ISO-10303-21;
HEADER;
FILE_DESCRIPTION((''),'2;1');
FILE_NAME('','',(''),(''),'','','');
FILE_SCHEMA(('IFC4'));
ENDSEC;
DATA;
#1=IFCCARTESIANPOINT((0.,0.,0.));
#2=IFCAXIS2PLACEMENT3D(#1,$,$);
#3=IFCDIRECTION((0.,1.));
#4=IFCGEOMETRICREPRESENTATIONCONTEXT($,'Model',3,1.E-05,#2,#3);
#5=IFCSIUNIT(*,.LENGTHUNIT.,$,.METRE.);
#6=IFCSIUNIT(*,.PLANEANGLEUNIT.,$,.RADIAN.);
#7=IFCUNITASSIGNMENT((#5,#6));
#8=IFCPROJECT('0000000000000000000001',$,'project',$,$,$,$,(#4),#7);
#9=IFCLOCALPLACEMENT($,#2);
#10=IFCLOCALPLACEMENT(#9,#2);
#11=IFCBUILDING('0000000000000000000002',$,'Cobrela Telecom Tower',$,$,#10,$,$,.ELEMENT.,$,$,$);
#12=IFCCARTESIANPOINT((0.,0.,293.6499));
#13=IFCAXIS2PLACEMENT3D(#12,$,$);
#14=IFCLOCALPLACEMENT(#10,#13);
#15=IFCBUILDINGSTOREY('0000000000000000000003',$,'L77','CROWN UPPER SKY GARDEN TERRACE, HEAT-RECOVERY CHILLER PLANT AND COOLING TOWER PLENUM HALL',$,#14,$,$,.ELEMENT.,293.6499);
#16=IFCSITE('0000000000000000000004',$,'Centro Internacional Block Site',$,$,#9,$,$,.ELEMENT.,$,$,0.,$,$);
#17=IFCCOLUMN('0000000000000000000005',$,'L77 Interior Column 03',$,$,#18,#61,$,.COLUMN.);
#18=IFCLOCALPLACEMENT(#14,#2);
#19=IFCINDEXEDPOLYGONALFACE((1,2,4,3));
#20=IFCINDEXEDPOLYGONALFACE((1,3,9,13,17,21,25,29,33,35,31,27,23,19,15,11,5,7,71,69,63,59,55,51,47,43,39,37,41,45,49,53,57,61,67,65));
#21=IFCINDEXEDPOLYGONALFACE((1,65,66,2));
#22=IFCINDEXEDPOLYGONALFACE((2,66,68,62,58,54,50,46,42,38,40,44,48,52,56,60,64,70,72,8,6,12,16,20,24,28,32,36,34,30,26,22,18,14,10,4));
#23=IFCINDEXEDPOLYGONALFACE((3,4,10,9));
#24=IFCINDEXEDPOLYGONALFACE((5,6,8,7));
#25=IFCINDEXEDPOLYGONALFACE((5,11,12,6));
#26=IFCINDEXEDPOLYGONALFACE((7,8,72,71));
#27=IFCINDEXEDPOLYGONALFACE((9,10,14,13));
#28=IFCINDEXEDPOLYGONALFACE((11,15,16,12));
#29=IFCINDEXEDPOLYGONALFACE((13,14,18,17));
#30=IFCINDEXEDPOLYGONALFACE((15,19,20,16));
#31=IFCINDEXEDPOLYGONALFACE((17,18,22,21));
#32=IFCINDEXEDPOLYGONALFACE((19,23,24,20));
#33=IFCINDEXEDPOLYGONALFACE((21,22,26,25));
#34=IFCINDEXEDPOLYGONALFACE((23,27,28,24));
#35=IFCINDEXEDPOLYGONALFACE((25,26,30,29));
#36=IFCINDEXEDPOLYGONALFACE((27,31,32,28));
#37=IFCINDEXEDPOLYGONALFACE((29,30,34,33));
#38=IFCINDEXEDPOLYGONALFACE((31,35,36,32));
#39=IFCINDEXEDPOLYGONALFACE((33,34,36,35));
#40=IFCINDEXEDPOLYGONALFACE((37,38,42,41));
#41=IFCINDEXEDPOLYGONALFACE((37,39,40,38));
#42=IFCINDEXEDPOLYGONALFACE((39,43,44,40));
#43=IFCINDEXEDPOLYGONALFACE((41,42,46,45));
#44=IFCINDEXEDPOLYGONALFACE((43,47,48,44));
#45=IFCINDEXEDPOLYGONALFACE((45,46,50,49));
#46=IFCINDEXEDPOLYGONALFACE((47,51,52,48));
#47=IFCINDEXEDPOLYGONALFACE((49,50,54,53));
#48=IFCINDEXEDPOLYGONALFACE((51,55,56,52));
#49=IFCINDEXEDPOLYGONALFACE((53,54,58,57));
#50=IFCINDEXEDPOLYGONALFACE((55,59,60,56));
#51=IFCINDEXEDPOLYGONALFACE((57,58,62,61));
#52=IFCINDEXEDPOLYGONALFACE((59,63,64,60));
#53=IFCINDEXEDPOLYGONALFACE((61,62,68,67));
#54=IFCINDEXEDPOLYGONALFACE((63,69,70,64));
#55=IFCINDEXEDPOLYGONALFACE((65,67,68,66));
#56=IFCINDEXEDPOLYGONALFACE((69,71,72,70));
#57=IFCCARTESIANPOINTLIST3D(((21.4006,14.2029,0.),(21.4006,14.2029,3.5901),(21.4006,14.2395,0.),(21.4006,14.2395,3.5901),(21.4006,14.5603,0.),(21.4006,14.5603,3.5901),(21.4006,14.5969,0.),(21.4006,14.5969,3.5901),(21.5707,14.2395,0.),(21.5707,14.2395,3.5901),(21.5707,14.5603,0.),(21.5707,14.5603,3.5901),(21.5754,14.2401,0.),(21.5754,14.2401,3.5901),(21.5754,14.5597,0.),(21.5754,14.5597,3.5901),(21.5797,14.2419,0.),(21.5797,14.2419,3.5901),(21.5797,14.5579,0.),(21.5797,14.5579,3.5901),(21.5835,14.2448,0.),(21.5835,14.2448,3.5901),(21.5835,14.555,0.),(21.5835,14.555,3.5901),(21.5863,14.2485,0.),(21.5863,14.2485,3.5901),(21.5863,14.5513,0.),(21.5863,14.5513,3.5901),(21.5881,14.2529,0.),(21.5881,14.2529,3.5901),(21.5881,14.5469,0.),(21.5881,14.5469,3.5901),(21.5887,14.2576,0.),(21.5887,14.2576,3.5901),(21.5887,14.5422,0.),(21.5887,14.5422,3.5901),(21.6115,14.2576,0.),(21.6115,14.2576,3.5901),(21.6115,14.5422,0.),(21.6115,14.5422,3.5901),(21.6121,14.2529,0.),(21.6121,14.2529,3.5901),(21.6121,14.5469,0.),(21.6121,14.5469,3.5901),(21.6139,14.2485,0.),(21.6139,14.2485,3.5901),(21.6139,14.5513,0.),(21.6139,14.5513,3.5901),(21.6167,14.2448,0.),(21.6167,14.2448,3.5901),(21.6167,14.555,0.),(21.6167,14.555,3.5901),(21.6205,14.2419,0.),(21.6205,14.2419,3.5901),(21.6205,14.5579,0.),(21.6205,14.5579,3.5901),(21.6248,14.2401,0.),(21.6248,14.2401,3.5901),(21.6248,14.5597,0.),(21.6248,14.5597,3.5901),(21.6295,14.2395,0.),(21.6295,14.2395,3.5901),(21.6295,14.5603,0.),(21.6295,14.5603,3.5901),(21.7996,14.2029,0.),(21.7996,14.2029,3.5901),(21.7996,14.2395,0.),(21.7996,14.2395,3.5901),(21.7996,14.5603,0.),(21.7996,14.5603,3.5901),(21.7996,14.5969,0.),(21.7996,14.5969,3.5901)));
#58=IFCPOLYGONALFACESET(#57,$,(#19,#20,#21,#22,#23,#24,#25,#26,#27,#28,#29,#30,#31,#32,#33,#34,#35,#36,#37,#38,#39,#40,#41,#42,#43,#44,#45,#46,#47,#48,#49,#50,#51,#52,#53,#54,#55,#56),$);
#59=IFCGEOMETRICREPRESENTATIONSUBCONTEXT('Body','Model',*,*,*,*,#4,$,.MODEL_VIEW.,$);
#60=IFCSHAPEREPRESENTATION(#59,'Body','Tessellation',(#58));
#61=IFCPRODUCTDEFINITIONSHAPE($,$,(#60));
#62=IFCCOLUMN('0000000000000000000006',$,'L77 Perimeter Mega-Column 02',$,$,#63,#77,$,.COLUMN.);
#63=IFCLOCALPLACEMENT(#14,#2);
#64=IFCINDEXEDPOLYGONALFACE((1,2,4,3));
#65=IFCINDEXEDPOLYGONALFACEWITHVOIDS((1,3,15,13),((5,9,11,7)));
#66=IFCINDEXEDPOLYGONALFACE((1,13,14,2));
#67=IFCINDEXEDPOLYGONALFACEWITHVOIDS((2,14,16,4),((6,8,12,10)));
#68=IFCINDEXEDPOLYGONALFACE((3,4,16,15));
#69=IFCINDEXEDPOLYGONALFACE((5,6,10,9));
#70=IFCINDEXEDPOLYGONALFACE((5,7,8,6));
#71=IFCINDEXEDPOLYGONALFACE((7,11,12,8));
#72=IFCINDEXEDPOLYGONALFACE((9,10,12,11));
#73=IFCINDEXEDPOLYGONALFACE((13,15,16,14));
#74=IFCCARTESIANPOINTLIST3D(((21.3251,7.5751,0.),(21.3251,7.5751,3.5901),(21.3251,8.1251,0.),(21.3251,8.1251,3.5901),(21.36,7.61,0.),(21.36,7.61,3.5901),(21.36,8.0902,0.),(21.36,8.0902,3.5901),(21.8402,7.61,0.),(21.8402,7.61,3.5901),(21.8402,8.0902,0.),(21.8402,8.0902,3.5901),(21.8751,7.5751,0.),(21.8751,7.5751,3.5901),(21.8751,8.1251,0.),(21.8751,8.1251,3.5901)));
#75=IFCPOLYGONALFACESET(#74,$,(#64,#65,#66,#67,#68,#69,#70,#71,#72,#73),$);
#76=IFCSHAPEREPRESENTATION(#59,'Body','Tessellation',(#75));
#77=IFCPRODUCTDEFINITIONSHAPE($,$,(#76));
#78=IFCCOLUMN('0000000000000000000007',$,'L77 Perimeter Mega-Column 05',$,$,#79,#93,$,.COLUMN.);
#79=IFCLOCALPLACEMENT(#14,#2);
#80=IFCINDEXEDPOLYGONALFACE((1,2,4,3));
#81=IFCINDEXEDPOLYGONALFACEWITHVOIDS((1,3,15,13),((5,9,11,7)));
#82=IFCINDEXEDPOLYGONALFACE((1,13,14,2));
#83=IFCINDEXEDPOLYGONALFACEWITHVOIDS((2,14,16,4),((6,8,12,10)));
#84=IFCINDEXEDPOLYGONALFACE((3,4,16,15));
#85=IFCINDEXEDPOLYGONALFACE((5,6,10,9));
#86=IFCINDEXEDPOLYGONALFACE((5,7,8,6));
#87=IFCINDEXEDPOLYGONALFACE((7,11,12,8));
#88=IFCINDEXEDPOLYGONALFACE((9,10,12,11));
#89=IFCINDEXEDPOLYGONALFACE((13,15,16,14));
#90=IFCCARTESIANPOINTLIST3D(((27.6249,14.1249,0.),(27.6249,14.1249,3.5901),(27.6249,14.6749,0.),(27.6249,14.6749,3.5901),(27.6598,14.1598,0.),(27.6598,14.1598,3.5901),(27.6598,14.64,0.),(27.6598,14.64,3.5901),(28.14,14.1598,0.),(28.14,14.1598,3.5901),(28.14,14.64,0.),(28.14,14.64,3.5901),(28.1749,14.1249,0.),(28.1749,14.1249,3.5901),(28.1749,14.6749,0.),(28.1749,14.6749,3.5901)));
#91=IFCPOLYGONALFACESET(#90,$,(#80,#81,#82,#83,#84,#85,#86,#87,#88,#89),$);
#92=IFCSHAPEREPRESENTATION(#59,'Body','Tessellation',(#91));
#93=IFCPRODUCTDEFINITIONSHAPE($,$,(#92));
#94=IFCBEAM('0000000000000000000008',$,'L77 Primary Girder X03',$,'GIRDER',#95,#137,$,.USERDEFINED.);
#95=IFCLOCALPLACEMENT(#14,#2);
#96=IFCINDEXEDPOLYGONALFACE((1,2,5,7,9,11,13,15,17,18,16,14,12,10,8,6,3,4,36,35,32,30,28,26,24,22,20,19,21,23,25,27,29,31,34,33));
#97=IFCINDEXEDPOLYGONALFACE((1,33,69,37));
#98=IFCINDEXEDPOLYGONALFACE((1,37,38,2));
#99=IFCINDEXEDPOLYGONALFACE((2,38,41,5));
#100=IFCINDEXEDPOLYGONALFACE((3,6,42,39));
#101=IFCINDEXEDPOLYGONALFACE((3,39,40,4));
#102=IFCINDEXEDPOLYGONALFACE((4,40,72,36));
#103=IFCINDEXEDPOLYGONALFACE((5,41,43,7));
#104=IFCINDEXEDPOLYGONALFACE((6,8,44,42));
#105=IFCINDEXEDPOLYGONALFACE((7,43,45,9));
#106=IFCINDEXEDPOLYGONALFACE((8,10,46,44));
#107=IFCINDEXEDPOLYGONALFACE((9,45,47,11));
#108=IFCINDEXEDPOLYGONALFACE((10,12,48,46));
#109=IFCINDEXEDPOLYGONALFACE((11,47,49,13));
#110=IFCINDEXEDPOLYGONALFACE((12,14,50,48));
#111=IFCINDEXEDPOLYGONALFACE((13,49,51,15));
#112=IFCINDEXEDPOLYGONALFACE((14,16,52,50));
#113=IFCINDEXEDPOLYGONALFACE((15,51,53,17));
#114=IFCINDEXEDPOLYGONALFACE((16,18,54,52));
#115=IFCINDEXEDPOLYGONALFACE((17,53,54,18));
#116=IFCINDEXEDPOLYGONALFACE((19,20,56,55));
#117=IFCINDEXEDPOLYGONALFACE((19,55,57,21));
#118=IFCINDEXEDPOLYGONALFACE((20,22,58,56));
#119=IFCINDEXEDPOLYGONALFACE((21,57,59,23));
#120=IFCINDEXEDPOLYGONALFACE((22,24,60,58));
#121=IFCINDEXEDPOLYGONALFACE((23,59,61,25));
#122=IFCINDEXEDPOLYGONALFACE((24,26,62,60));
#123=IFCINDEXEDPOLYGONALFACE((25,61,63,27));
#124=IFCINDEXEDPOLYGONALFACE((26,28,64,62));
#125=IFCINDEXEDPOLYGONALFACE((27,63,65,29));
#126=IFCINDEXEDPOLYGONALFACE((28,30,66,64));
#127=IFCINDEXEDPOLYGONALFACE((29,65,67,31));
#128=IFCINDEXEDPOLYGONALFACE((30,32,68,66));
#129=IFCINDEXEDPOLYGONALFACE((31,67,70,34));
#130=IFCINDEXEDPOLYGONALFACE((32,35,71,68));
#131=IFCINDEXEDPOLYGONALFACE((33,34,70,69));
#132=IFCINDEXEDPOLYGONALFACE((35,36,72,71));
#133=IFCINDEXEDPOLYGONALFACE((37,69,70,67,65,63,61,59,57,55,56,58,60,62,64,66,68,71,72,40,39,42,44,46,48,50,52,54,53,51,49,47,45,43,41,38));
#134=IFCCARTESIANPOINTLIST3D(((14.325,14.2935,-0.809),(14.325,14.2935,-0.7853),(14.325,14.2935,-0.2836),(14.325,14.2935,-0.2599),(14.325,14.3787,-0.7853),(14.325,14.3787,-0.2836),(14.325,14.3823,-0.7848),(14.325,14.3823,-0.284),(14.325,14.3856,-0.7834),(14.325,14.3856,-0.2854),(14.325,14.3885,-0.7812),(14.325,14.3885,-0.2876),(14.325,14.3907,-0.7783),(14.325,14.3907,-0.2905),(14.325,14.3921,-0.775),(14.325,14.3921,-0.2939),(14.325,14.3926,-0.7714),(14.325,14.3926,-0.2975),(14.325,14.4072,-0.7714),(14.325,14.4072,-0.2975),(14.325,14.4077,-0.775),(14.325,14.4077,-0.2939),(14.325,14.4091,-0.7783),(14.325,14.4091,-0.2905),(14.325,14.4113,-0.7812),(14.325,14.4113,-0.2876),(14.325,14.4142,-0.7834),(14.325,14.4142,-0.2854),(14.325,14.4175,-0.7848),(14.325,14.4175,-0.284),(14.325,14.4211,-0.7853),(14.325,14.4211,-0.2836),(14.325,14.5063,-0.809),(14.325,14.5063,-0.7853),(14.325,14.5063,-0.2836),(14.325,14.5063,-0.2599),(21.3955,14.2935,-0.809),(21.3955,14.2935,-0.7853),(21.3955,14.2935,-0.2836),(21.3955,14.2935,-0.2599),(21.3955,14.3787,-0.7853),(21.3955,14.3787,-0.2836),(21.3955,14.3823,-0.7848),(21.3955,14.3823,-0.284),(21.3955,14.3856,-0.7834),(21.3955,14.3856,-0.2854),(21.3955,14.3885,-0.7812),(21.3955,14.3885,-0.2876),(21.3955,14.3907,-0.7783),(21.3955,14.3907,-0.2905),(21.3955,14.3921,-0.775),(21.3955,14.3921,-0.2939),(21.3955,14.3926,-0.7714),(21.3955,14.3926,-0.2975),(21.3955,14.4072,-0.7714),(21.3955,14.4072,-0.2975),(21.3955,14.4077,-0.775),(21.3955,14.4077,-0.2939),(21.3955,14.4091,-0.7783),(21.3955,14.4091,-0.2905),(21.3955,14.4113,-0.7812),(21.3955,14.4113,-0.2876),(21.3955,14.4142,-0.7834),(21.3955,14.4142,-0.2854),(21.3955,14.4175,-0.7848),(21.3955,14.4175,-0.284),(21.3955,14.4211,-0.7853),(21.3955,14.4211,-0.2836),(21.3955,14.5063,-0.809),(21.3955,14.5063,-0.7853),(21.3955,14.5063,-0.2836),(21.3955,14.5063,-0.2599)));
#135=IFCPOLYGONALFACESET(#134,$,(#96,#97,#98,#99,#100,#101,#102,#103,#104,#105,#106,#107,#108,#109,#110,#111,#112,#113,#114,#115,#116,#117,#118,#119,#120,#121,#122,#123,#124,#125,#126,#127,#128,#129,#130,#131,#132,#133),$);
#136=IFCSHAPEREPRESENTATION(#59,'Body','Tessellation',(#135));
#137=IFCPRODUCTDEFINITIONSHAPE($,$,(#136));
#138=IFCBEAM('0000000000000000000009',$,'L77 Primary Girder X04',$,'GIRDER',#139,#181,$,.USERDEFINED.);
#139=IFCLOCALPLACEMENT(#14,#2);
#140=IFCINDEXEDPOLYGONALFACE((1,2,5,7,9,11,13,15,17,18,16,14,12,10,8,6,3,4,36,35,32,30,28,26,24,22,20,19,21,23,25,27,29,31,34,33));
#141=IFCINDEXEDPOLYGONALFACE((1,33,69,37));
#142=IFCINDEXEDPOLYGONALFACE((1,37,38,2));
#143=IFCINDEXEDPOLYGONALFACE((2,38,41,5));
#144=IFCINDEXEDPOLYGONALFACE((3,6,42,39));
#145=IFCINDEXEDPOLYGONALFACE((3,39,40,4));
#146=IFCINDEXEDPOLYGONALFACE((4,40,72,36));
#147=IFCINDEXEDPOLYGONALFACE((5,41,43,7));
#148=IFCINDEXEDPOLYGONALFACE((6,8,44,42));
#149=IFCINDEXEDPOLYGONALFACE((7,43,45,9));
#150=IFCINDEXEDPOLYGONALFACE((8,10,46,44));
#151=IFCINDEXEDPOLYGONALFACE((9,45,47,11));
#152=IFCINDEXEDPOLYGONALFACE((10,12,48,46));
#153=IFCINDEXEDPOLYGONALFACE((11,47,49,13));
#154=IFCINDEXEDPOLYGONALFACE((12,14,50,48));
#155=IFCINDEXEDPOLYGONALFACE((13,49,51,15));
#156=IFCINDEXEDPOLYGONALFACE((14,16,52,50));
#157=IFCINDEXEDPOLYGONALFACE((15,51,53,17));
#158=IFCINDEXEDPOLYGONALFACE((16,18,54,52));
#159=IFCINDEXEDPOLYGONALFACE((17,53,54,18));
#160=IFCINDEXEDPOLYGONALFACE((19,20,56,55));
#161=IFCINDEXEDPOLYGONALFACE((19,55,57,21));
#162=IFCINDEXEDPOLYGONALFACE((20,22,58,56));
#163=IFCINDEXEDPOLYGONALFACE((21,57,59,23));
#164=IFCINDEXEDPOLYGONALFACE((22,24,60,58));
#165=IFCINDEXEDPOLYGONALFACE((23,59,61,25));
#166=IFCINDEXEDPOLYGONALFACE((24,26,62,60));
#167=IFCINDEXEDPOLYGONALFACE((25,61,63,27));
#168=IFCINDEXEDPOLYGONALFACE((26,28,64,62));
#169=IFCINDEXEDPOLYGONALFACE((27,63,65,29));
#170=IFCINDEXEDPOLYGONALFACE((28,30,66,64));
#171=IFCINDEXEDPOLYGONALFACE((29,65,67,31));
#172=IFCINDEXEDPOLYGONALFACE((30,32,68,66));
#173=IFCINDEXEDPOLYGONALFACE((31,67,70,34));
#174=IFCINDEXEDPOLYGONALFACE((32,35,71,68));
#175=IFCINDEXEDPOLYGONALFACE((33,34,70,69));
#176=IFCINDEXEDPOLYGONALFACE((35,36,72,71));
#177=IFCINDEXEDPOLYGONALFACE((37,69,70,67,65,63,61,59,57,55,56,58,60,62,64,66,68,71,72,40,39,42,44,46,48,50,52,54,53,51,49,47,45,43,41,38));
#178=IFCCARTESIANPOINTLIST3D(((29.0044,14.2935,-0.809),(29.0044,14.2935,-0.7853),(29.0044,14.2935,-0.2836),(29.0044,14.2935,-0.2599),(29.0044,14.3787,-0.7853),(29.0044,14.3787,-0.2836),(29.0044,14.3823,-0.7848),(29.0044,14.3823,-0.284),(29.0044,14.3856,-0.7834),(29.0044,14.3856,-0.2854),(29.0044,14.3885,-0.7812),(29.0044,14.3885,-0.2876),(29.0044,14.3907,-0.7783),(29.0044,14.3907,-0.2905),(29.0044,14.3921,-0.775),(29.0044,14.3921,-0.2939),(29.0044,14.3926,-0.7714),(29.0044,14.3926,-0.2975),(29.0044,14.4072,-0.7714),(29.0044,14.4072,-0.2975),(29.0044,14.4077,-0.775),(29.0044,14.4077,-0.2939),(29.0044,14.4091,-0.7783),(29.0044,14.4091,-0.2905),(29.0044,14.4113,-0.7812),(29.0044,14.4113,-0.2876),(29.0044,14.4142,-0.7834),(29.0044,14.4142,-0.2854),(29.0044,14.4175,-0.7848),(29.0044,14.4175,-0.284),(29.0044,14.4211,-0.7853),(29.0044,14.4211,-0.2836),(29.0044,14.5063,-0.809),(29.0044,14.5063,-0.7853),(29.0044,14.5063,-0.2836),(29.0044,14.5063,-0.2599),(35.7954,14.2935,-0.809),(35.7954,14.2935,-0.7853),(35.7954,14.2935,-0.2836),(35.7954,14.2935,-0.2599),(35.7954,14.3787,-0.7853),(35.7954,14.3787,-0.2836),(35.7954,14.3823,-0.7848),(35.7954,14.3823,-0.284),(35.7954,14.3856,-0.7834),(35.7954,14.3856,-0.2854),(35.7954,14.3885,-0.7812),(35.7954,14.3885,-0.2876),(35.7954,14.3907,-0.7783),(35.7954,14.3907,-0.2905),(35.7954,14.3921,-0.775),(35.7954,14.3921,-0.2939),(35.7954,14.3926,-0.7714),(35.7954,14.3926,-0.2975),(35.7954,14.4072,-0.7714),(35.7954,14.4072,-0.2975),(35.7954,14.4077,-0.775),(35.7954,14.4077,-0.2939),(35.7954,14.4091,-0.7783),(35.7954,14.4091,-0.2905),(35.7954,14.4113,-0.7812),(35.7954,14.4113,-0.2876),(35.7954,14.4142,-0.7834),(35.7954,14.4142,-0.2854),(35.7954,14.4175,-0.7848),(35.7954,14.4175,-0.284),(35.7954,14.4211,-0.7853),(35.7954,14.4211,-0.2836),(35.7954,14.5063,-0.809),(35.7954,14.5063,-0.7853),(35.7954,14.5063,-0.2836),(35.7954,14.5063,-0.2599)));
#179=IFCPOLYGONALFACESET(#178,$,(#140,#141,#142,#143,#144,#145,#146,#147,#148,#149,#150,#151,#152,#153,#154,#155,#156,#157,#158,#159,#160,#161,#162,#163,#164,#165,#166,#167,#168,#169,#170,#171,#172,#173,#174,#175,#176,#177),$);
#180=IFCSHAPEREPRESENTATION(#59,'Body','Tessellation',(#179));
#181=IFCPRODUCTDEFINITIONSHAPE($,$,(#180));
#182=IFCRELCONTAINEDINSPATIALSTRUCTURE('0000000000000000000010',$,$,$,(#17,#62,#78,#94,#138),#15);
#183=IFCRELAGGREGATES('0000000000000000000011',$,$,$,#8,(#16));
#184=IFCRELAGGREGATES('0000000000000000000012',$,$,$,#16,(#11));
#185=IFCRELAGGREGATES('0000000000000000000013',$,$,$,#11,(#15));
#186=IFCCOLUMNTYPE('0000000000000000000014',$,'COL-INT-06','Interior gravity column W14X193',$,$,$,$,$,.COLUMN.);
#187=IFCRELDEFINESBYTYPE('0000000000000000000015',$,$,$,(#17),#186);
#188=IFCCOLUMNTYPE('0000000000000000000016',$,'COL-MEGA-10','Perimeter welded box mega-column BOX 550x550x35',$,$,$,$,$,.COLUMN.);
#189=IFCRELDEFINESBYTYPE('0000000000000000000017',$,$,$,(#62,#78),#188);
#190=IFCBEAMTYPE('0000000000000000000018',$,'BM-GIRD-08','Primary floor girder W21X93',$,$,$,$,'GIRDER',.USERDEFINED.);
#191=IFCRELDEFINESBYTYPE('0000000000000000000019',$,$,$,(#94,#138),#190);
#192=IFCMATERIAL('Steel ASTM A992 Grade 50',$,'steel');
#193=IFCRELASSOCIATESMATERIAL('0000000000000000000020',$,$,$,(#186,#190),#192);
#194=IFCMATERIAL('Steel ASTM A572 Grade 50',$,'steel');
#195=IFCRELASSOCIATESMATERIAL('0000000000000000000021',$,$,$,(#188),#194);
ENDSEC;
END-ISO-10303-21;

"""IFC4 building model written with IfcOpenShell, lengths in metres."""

from ifc_helpers import new_model, si_unit, direction, frame, origin, origin_2d, place, context, subcontext, project, spatial, hollow_rectangle, i_section, extrude, material, material_profile, profile_set, type_object, element, save


model = new_model("IFC4")

# Units and contexts
model_context = context("Model", 3, precision=1e-05, world=origin(), true_north=direction((0.0, 1.0)))
body_context = subcontext(model_context, "Body", "Model", "MODEL_VIEW")
ifc_project = project(units=[si_unit("LENGTHUNIT", "METRE"), si_unit("PLANEANGLEUNIT", "RADIAN")], contexts=[model_context])

# Site, building, storey
site_placement = place(None, origin())
site = spatial("IfcSite", under=ifc_project, at=site_placement, Name="Centro Internacional Block Site", CompositionType="ELEMENT", RefElevation=0.0)
building_placement = place(site_placement, origin())
building = spatial("IfcBuilding", under=site, at=building_placement, Name="Cobrela Telecom Tower", CompositionType="ELEMENT")
storey_placement = place(building_placement, frame((0.0, 0.0, 293.6499)))
storey = spatial("IfcBuildingStorey", under=building, at=storey_placement, Name="L77", Description="CROWN UPPER SKY GARDEN TERRACE, HEAT-RECOVERY CHILLER PLANT AND COOLING TOWER PLENUM HALL", CompositionType="ELEMENT", Elevation=293.6499)

# Columns
ifc_material_1 = material(Name="Steel ASTM A992 Grade 50", Category="steel")
ifc_material_profile_1 = material_profile(ifc_material_1, i_section(OverallWidth=0.3989, OverallDepth=0.394, WebThickness=0.0227, FlangeThickness=0.0366, FilletRadius=0.0181, at=origin_2d()), Name="W14X193")
ifc_profile_set_1 = profile_set([ifc_material_profile_1], Name="Steel ASTM A992 Grade 50")
column_type_1 = type_object("IfcColumnType", Name="COL-INT-06", Description="Interior gravity column W14X193", PredefinedType="COLUMN", material=ifc_profile_set_1)
column_placement = place(storey_placement, frame((21.6001, 14.3999, 0.0), z_axis=(0.0, 0.0, 1.0), x_axis=(1.0, 0.0, 0.0)))
element("IfcColumn", 1, at=column_placement, inside=storey, type_object=column_type_1, Name="L77 Interior Column 03", PredefinedType="COLUMN", context=body_context, shape_type="SweptSolid", body=[
    extrude(i_section(OverallWidth=0.3989, OverallDepth=0.394, WebThickness=0.0227, FlangeThickness=0.0366, FilletRadius=0.0181, at=origin_2d()), origin(), (0.0, 0.0, 1.0), 3.5901),
])
ifc_material_2 = material(Name="Steel ASTM A572 Grade 50", Category="steel")
ifc_material_profile_2 = material_profile(ifc_material_2, hollow_rectangle(XDim=0.55, YDim=0.55, WallThickness=0.0349, at=origin_2d()), Name="BOX 550x550x35")
ifc_profile_set_2 = profile_set([ifc_material_profile_2], Name="Steel ASTM A572 Grade 50")
column_type_2 = type_object("IfcColumnType", Name="COL-MEGA-10", Description="Perimeter welded box mega-column BOX 550x550x35", PredefinedType="COLUMN", material=ifc_profile_set_2)
for number, where, z_axis, x_axis, name in (
    (2, (21.6001, 7.8501, 0.0), (0.0, 0.0, 1.0), (1.0, 0.0, 0.0), "L77 Perimeter Mega-Column 02"),
    (3, (27.8999, 14.3999, 0.0), (0.0, 0.0, 1.0), (1.0, 0.0, 0.0), "L77 Perimeter Mega-Column 05"),
):
    element("IfcColumn", number, at=place(storey_placement, frame(where, z_axis=z_axis, x_axis=x_axis)), inside=storey, type_object=column_type_2, Name=name, PredefinedType="COLUMN", context=body_context, shape_type="SweptSolid", body=[
        extrude(hollow_rectangle(XDim=0.55, YDim=0.55, WallThickness=0.0349, at=origin_2d()), origin(), (0.0, 0.0, 1.0), 3.5901),
    ])

# Beams
ifc_material_profile_3 = material_profile(ifc_material_1, i_section(OverallWidth=0.2129, OverallDepth=0.5491, WebThickness=0.0146, FlangeThickness=0.0237, FilletRadius=0.0139, at=origin_2d()), Name="W21X93")
ifc_profile_set_3 = profile_set([ifc_material_profile_3], Name="Steel ASTM A992 Grade 50")
beam_type_1 = type_object("IfcBeamType", Name="BM-GIRD-08", Description="Primary floor girder W21X93", ElementType="GIRDER", PredefinedType="USERDEFINED", material=ifc_profile_set_3)
beam_1_placement = place(storey_placement, frame((14.325, 14.3999, -0.5344), z_axis=(1.0, 0.0, 0.0), x_axis=(0.0, 1.0, 0.0)))
element("IfcBeam", 4, at=beam_1_placement, inside=storey, type_object=beam_type_1, Name="L77 Primary Girder X03", ObjectType="GIRDER", PredefinedType="USERDEFINED", context=body_context, shape_type="SweptSolid", body=[
    extrude(i_section(OverallWidth=0.2129, OverallDepth=0.5491, WebThickness=0.0146, FlangeThickness=0.0237, FilletRadius=0.0139, at=origin_2d()), origin(), (0.0, 0.0, 1.0), 7.0706),
])
beam_2_placement = place(storey_placement, frame((29.0044, 14.3999, -0.5344), z_axis=(1.0, 0.0, 0.0), x_axis=(0.0, 1.0, 0.0)))
element("IfcBeam", 5, at=beam_2_placement, inside=storey, type_object=beam_type_1, Name="L77 Primary Girder X04", ObjectType="GIRDER", PredefinedType="USERDEFINED", context=body_context, shape_type="SweptSolid", body=[
    extrude(i_section(OverallWidth=0.2129, OverallDepth=0.5491, WebThickness=0.0146, FlangeThickness=0.0237, FilletRadius=0.0139, at=origin_2d()), origin(), (0.0, 0.0, 1.0), 6.791),
])

save(model, "model.ifc")
